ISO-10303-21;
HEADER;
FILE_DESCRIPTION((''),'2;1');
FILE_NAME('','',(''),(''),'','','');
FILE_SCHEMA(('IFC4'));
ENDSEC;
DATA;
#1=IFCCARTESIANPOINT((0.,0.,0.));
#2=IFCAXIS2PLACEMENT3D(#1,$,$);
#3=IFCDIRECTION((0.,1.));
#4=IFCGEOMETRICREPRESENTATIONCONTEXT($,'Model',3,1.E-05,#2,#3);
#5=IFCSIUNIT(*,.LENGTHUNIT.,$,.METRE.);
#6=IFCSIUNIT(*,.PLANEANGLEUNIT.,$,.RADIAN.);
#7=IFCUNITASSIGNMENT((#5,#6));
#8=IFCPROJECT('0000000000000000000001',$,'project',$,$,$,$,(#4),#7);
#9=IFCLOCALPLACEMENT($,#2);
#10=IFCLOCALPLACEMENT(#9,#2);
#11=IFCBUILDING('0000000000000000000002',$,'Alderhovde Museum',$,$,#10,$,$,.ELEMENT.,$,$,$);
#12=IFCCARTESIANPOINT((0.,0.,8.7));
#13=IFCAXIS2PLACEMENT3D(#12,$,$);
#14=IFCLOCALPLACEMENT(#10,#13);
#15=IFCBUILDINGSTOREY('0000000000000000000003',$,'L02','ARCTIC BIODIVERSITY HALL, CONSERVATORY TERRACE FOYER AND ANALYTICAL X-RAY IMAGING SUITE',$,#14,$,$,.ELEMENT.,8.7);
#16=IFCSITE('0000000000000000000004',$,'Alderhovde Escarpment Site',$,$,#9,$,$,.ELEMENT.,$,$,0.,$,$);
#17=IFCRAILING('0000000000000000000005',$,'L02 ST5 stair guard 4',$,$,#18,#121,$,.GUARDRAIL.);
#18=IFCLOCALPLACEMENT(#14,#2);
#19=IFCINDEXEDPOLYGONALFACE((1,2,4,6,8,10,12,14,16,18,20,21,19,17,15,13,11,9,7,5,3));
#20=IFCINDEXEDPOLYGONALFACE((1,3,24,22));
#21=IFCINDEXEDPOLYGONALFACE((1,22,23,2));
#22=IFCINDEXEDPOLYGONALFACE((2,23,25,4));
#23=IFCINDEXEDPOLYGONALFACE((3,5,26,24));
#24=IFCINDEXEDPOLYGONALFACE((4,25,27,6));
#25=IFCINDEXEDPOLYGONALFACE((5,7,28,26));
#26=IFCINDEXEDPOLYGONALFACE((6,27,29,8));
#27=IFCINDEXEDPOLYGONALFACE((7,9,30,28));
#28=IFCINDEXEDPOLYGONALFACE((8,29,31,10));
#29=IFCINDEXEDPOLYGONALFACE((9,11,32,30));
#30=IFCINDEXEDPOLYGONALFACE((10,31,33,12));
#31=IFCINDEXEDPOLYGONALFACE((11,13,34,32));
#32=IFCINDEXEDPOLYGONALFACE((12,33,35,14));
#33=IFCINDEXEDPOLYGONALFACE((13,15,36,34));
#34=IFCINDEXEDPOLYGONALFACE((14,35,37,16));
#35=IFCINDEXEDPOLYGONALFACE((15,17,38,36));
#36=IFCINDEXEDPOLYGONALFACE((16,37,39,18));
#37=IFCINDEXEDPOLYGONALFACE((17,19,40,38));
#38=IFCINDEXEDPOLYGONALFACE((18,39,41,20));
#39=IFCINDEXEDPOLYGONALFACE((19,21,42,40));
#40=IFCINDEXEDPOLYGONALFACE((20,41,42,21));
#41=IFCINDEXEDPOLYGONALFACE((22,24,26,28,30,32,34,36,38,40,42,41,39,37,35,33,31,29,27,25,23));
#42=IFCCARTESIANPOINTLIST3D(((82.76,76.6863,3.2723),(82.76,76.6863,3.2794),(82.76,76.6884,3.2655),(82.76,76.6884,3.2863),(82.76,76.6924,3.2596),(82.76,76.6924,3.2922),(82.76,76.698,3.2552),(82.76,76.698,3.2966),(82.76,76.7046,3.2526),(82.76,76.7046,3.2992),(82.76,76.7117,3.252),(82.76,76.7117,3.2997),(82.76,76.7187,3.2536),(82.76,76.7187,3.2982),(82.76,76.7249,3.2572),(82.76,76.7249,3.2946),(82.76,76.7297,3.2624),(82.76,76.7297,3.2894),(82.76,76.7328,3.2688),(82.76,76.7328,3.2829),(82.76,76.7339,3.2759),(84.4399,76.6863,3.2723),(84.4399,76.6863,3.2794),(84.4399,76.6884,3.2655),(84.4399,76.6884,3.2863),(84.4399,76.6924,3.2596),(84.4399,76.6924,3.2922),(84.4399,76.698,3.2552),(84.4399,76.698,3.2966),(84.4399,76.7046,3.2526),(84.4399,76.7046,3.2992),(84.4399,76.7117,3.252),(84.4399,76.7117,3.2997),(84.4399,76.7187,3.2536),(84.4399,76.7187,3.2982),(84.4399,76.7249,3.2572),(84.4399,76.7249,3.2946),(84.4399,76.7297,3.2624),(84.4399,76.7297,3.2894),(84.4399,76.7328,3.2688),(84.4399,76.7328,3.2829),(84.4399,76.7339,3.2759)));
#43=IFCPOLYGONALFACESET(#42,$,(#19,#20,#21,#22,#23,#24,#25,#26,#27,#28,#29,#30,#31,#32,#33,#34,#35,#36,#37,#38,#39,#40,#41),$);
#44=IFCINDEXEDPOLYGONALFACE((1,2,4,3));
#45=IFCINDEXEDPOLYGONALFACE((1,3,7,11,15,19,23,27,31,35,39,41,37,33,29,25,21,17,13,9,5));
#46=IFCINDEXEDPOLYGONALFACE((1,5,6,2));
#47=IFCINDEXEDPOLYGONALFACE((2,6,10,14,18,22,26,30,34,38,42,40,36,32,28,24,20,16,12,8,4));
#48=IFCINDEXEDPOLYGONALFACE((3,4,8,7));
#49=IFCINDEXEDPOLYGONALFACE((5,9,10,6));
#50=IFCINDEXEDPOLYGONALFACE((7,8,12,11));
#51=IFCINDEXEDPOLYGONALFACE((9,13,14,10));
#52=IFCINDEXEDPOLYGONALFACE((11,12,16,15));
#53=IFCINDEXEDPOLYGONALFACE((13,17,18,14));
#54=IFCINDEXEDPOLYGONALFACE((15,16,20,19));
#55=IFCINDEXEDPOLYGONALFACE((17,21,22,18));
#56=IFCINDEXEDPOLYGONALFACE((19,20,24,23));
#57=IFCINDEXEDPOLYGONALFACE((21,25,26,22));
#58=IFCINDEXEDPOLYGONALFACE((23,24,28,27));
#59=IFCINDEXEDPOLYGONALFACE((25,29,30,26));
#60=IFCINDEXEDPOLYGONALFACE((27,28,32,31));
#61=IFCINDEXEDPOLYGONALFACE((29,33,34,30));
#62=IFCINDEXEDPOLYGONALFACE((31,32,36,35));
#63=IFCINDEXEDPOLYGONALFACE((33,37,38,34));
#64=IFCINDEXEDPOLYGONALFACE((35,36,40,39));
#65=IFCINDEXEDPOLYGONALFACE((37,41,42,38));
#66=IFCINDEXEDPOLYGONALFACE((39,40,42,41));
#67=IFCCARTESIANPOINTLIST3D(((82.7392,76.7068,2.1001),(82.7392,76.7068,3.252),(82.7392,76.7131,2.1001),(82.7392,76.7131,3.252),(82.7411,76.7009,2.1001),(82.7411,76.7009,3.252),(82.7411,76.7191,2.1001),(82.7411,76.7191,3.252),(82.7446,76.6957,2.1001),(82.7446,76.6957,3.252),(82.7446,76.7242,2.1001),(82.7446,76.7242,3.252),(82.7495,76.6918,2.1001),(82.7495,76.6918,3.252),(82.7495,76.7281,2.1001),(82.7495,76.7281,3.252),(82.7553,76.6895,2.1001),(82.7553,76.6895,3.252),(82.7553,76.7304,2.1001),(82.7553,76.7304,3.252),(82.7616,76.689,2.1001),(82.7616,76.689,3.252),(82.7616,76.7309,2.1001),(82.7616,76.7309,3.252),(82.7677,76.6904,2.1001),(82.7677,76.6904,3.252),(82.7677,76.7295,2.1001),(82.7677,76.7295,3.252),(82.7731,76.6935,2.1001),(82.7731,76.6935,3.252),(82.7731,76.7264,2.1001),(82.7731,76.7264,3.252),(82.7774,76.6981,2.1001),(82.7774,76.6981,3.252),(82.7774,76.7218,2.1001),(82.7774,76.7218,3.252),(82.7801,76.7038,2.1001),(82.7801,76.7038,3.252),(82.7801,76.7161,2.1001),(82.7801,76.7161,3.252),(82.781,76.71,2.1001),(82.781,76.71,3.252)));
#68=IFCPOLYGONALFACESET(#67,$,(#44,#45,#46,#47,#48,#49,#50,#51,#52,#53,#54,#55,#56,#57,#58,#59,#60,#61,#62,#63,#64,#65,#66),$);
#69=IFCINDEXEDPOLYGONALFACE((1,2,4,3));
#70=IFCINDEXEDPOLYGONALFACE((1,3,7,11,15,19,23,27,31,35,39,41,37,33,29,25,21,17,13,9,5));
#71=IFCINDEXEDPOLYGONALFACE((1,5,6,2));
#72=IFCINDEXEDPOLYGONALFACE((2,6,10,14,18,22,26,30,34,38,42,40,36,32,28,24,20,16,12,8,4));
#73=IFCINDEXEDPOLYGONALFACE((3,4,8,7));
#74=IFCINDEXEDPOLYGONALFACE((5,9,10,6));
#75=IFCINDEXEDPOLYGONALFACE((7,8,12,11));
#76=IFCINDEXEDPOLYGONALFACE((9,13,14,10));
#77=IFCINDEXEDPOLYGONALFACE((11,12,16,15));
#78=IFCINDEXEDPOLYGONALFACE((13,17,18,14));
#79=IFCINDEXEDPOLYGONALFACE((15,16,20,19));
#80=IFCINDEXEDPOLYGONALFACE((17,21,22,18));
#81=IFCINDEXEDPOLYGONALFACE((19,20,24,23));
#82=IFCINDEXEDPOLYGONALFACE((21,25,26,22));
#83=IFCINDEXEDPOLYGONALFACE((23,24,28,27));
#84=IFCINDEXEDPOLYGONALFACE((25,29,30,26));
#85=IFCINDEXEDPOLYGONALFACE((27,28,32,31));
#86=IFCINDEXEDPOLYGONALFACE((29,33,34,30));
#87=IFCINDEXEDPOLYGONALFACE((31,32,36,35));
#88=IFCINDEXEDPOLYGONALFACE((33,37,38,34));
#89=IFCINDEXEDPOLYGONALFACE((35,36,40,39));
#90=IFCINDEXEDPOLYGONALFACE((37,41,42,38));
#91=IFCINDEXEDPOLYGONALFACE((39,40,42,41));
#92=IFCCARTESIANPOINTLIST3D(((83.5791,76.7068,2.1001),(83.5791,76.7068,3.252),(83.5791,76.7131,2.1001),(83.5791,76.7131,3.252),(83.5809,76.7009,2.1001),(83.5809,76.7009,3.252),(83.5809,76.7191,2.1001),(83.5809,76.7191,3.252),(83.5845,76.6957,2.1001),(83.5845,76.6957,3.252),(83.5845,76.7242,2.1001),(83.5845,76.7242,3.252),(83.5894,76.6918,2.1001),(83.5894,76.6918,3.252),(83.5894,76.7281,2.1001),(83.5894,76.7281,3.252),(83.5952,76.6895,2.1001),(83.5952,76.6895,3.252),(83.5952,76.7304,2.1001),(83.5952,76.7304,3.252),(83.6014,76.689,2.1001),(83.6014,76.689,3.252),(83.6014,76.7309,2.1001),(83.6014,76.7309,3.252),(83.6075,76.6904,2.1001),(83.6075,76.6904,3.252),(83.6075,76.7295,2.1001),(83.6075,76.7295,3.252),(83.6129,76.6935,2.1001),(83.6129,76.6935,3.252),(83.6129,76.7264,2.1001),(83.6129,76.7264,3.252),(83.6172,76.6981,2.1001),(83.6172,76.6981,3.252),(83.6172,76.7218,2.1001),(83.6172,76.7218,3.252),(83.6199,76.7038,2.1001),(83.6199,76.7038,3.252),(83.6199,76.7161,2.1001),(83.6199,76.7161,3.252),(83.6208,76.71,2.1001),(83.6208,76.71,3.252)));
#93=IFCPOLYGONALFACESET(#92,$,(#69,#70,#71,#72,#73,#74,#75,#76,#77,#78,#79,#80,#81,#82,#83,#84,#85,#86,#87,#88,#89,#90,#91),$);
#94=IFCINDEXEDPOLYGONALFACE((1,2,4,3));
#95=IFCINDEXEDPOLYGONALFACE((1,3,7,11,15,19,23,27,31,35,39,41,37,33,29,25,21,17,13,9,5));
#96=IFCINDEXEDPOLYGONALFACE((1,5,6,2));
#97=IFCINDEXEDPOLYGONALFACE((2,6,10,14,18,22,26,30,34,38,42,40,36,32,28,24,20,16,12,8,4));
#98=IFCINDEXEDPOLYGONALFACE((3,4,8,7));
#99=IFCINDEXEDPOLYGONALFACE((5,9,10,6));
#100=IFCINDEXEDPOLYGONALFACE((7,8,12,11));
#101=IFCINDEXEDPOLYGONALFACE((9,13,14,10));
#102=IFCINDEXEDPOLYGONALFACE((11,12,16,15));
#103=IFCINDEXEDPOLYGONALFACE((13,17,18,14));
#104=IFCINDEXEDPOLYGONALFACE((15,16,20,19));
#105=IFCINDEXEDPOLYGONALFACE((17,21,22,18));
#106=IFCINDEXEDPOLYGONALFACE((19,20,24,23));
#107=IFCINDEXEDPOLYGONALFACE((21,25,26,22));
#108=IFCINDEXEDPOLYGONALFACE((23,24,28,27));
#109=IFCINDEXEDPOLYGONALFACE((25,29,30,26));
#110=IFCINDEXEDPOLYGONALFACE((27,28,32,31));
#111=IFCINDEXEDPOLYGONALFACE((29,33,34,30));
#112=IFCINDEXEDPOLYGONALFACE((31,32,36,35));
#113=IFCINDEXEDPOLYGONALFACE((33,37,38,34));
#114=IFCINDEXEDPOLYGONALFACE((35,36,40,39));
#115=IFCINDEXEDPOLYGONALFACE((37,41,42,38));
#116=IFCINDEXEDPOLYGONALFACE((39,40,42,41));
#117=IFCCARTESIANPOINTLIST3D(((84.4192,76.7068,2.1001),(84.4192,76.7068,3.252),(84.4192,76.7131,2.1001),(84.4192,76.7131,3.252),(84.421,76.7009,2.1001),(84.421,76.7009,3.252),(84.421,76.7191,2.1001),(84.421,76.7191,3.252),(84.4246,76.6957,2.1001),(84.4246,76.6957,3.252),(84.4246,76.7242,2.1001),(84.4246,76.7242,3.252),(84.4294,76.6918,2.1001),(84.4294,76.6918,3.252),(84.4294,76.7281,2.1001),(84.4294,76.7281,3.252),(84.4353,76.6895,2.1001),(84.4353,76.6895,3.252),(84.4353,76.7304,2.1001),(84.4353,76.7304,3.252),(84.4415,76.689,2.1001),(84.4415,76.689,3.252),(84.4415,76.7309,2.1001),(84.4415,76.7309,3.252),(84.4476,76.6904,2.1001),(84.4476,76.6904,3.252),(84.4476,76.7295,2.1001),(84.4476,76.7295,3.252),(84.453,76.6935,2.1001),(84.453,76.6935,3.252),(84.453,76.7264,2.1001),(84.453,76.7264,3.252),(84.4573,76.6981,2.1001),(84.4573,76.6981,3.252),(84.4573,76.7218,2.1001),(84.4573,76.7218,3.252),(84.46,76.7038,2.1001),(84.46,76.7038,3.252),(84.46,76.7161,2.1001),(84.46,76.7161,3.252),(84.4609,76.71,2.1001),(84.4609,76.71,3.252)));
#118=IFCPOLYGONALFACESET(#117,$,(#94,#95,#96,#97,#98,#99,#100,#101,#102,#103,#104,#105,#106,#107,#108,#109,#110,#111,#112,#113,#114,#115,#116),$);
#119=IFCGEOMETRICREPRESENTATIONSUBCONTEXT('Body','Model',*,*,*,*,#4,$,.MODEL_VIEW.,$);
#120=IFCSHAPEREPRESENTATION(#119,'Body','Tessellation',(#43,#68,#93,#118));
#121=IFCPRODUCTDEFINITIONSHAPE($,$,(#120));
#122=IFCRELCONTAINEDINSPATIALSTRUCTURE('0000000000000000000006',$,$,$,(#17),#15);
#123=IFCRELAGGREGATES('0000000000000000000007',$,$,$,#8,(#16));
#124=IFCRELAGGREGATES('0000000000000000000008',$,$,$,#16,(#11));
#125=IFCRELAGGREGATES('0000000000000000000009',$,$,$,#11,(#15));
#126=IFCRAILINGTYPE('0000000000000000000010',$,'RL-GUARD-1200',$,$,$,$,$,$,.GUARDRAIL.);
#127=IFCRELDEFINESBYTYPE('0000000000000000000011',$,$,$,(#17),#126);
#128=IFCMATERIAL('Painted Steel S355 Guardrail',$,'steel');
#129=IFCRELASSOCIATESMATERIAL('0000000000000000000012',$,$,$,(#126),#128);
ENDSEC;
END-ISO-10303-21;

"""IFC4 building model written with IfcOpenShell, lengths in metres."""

from ifc_helpers import new_model, si_unit, direction, frame, origin, origin_2d, place, context, subcontext, project, spatial, circle, extrude, material, type_object, element, save


model = new_model("IFC4")

# Units and contexts
model_context = context("Model", 3, precision=1e-05, world=origin(), true_north=direction((0.0, 1.0)))
body_context = subcontext(model_context, "Body", "Model", "MODEL_VIEW")
ifc_project = project(units=[si_unit("LENGTHUNIT", "METRE"), si_unit("PLANEANGLEUNIT", "RADIAN")], contexts=[model_context])

# Site, building, storey
site_placement = place(None, origin())
site = spatial("IfcSite", under=ifc_project, at=site_placement, Name="Alderhovde Escarpment Site", CompositionType="ELEMENT", RefElevation=0.0)
building_placement = place(site_placement, origin())
building = spatial("IfcBuilding", under=site, at=building_placement, Name="Alderhovde Museum", CompositionType="ELEMENT")
storey_placement = place(building_placement, frame((0.0, 0.0, 8.7)))
storey = spatial("IfcBuildingStorey", under=building, at=storey_placement, Name="L02", Description="ARCTIC BIODIVERSITY HALL, CONSERVATORY TERRACE FOYER AND ANALYTICAL X-RAY IMAGING SUITE", CompositionType="ELEMENT", Elevation=8.7)

# Railing
ifc_material_1 = material(Name="Painted Steel S355 Guardrail", Category="steel")
railing_type_1 = type_object("IfcRailingType", Name="RL-GUARD-1200", PredefinedType="GUARDRAIL", material=ifc_material_1)
for number, where, name in (
    (1, (82.76, 76.71, 2.1001), "L02 ST5 stair guard 4"),
):
    element("IfcRailing", number, at=place(storey_placement, frame(where)), inside=storey, type_object=railing_type_1, Name=name, PredefinedType="GUARDRAIL", context=body_context, shape_type="SweptSolid", body=[
        extrude(circle(Radius=0.0239, at=origin_2d()), frame((0.0, 0.0, 1.1758), z_axis=(1.0, 0.0, 0.0), x_axis=(0.0, 1.0, 0.0)), (0.0, 0.0, 1.0), 1.6799),
        extrude(circle(Radius=0.021, at=origin_2d()), origin(), (0.0, 0.0, 1.0), 1.1519),
        extrude(circle(Radius=0.021, at=origin_2d()), frame((0.8398, 0.0, 0.0)), (0.0, 0.0, 1.0), 1.1519),
        extrude(circle(Radius=0.021, at=origin_2d()), frame((1.6799, 0.0, 0.0)), (0.0, 0.0, 1.0), 1.1519),
    ])

save(model, "model.ifc")
